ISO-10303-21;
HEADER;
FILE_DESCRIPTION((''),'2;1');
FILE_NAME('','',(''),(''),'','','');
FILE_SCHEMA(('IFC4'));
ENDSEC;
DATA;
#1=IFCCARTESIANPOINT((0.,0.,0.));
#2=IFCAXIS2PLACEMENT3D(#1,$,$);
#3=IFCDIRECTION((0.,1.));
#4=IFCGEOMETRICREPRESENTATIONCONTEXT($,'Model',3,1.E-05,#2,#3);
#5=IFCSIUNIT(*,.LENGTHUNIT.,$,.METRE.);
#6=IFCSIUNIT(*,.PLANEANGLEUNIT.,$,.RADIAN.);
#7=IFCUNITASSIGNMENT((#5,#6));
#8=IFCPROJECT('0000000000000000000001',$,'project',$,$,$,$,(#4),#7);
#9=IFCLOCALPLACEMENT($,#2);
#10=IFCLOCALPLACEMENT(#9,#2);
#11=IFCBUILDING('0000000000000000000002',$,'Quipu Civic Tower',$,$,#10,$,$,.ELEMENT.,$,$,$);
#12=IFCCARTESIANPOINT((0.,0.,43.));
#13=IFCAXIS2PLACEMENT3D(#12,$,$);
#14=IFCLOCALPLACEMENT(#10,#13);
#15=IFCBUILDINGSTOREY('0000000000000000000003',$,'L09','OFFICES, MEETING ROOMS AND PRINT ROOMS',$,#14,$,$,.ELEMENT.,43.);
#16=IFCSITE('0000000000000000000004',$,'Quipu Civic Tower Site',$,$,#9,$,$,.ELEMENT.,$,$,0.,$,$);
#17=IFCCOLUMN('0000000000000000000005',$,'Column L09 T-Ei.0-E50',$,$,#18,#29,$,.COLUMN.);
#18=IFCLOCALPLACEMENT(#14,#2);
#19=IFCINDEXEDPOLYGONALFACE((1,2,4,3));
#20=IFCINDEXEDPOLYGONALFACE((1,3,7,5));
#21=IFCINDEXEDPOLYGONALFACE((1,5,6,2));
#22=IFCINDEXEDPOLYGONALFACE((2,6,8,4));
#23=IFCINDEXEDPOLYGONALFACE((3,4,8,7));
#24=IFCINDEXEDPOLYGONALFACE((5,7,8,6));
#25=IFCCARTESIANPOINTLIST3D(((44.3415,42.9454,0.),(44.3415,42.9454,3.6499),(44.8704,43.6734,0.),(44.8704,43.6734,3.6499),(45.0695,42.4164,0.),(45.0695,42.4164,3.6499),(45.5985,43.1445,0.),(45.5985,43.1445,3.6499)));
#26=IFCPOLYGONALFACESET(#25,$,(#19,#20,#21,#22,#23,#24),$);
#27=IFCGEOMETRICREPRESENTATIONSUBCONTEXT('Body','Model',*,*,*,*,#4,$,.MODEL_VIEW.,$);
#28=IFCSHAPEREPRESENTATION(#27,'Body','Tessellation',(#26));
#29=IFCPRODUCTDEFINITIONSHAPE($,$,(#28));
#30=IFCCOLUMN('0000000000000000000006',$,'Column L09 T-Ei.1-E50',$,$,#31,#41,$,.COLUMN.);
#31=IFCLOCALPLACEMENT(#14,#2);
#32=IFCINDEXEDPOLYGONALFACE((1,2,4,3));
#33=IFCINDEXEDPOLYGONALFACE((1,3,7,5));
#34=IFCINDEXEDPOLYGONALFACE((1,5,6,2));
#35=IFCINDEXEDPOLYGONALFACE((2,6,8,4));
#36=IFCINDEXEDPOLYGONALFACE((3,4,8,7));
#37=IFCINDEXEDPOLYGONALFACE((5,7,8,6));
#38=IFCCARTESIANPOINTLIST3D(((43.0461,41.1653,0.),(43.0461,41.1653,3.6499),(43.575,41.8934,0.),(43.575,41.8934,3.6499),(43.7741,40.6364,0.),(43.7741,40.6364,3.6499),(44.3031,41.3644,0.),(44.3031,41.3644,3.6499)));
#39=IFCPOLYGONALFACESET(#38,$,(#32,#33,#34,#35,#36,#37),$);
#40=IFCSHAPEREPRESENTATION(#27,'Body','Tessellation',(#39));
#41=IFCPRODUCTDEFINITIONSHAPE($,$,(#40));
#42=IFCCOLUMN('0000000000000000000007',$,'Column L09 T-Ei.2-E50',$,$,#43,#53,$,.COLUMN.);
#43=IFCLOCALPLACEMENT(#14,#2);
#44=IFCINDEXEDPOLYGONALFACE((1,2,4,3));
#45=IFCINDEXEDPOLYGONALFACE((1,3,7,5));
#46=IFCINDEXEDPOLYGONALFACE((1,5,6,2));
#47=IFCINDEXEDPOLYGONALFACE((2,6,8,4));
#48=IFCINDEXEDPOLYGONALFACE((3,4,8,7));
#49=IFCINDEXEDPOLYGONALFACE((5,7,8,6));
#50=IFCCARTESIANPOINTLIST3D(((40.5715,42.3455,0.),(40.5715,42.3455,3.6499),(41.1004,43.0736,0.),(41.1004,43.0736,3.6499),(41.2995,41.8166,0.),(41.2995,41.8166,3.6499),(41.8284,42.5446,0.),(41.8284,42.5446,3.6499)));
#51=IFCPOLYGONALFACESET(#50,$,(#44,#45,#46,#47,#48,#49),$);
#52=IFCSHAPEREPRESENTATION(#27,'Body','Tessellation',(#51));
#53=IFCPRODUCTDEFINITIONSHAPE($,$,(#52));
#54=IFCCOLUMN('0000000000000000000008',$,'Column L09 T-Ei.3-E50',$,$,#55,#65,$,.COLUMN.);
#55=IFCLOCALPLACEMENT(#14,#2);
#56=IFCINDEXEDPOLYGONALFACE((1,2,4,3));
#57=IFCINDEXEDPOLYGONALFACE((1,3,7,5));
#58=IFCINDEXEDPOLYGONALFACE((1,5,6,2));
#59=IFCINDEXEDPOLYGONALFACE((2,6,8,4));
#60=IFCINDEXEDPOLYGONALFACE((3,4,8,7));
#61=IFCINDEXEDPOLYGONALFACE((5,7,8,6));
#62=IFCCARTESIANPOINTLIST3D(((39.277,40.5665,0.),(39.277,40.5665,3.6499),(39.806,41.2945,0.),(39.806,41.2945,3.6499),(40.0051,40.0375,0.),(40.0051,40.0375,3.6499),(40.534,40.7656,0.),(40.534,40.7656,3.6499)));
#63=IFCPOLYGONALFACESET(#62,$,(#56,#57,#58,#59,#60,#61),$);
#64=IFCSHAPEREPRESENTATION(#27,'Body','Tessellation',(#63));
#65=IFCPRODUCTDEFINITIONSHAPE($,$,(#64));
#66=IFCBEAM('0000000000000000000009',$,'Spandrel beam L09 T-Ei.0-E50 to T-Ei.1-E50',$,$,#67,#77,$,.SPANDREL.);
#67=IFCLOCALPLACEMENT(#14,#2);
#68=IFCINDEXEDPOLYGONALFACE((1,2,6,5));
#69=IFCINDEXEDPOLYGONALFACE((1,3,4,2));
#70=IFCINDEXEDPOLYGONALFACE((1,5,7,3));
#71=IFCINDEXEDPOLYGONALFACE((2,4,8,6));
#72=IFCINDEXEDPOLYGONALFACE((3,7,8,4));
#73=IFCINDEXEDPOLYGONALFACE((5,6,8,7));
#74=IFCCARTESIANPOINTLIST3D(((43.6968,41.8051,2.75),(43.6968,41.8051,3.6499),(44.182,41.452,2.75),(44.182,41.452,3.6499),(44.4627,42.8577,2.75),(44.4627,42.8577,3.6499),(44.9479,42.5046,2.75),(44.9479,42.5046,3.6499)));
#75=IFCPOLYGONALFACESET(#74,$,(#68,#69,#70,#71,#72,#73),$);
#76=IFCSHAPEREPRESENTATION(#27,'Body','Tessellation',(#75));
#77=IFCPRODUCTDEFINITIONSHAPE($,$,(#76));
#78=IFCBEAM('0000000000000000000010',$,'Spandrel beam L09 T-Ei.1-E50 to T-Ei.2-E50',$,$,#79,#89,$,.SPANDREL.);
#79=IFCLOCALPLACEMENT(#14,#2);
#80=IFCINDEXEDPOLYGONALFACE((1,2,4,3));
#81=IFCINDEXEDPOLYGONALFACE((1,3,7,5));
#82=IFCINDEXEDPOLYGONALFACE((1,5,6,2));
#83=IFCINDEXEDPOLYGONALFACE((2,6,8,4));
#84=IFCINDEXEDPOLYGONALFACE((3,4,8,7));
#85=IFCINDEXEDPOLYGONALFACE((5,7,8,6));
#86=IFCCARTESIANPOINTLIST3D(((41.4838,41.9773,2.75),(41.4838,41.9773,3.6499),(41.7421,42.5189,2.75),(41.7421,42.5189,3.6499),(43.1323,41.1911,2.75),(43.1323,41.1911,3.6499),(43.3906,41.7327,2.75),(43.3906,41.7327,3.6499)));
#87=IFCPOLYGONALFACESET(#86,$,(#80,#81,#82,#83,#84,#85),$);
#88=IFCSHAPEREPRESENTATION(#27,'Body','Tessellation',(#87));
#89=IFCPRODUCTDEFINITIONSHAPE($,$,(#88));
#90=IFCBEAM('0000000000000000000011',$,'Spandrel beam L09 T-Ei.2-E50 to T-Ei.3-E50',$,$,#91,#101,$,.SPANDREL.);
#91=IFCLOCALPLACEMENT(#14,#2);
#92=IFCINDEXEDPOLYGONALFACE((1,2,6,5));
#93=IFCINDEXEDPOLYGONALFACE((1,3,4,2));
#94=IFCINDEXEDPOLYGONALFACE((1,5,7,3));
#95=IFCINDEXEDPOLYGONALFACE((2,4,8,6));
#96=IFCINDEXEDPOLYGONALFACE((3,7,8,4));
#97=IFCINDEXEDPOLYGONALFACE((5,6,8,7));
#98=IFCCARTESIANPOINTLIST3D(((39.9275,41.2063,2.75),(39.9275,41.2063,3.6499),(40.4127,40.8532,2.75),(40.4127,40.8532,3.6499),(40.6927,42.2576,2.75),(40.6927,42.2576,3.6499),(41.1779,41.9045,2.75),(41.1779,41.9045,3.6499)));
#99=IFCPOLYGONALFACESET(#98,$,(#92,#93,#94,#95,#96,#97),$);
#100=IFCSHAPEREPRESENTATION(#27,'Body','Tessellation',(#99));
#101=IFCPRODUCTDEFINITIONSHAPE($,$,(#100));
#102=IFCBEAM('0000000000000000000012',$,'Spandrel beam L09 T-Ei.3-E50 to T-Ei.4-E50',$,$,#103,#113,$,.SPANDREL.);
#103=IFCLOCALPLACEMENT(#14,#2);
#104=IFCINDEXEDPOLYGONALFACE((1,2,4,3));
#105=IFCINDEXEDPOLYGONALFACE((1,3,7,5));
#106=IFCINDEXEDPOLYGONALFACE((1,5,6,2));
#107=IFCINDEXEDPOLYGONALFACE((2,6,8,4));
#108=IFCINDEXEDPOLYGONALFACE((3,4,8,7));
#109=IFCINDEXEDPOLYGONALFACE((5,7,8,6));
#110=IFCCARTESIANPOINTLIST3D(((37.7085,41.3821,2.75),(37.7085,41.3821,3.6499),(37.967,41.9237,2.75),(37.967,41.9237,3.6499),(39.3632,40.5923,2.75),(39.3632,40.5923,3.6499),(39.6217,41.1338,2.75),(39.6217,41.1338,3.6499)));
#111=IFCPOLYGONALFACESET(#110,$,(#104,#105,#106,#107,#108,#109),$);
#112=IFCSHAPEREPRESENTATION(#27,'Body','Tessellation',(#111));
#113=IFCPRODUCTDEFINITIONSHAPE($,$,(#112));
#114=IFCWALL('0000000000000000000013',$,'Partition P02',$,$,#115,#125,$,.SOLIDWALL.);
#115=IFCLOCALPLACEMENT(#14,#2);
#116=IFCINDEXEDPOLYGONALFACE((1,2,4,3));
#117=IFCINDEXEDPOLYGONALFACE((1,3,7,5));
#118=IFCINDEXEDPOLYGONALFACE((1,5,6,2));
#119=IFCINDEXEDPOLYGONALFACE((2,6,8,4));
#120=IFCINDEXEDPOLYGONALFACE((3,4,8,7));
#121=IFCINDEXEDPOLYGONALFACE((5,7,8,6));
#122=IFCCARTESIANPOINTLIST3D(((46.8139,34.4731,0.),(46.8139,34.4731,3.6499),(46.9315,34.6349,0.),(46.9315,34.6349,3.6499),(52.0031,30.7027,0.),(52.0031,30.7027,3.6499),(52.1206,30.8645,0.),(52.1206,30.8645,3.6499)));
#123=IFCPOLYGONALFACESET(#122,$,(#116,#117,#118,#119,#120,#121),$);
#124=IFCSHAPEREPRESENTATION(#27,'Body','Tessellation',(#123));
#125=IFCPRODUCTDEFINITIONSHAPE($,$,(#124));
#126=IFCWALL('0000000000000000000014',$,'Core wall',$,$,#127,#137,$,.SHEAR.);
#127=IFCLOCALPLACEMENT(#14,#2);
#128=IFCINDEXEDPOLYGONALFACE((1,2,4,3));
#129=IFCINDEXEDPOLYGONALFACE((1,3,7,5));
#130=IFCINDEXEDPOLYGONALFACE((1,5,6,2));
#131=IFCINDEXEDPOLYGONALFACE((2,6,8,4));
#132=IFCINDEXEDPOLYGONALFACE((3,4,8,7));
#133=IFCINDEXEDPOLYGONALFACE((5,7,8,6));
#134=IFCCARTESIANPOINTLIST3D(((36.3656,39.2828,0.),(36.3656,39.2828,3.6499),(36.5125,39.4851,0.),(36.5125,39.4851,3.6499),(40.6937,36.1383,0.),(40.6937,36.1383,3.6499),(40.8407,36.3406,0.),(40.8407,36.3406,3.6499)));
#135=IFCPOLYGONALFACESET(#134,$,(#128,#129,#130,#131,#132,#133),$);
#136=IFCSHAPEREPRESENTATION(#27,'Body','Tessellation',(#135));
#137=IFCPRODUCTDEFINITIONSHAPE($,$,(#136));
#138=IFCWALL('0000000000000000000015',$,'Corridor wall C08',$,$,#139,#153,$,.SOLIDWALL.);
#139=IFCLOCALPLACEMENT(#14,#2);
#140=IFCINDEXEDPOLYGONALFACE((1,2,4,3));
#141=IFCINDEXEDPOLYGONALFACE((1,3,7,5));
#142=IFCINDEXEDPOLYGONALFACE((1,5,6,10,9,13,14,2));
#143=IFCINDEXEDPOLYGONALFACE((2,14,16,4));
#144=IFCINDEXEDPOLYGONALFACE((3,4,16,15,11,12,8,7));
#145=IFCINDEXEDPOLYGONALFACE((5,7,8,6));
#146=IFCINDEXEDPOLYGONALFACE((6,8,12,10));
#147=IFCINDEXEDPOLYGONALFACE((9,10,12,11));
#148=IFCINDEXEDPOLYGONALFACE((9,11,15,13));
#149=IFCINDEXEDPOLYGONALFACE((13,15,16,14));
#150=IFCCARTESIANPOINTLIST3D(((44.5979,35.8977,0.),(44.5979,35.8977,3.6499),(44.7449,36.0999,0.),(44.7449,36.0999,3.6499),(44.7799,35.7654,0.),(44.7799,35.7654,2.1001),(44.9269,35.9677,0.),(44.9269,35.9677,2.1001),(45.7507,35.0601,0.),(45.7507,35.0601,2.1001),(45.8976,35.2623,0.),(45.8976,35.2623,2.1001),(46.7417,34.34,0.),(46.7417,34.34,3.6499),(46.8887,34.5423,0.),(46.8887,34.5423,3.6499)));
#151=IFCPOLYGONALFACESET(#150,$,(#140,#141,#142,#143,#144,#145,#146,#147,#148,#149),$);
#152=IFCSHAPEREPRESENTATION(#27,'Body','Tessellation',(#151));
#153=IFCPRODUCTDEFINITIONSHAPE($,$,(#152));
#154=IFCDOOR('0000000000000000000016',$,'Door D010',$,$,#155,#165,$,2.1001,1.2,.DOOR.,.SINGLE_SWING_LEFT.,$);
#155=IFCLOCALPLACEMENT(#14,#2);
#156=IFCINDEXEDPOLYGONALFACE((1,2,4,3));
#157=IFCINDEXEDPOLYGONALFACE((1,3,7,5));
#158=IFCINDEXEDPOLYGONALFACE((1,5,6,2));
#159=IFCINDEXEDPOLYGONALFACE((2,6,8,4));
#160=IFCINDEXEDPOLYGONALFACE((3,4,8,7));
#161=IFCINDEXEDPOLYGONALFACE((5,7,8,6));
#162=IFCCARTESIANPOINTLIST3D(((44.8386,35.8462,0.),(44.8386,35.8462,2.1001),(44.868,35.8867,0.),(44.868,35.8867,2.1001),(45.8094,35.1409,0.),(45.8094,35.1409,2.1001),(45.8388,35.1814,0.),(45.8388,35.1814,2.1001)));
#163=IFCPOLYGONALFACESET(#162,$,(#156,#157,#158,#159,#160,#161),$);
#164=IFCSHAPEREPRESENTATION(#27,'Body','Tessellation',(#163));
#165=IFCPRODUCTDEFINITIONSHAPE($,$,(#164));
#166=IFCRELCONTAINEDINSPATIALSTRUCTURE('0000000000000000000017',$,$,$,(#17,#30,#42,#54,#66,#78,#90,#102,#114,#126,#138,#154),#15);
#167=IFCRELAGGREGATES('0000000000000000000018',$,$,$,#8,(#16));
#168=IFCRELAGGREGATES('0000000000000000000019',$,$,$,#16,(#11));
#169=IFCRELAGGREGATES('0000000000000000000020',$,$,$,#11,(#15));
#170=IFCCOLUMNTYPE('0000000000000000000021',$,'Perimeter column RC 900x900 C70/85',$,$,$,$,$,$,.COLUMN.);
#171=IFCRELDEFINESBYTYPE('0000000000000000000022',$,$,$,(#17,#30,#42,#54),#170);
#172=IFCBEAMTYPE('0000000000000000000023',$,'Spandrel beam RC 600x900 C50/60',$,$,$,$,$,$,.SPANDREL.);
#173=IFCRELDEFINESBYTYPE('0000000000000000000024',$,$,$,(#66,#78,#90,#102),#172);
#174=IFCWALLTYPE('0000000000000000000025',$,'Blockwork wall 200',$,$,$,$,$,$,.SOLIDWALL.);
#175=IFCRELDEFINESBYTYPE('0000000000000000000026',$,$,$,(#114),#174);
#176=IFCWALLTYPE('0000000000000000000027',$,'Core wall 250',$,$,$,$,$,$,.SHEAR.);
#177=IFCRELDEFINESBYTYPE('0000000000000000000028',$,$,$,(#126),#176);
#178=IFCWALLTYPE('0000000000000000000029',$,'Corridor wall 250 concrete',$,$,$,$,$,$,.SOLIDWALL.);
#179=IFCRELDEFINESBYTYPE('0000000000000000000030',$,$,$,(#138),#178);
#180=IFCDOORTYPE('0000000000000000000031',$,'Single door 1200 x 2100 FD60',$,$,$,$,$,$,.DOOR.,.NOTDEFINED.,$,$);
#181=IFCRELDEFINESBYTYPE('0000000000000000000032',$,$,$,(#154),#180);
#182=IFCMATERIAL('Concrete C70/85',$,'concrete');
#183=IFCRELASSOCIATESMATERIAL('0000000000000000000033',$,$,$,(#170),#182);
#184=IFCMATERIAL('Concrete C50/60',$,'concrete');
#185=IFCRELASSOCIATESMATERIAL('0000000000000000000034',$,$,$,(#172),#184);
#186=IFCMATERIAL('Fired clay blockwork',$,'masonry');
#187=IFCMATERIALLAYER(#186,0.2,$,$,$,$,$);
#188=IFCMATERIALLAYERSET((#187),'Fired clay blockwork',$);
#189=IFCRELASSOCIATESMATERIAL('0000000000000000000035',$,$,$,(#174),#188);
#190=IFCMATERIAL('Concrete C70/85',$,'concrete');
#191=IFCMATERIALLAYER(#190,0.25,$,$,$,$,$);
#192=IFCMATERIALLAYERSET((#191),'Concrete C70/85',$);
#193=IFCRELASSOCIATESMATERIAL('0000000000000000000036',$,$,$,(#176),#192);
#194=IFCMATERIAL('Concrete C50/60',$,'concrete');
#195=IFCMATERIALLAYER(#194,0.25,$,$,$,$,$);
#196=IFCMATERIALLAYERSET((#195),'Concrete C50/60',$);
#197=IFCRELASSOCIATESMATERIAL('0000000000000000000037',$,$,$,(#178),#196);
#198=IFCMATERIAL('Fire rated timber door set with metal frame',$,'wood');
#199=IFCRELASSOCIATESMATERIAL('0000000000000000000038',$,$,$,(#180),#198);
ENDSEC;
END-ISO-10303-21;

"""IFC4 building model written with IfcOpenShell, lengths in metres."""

from ifc_helpers import new_model, si_unit, direction, frame, frame_2d, origin, origin_2d, place, context, subcontext, project, spatial, rectangle, extrude, material, layer, layer_set, material_profile, profile_set, type_object, element, fill, save


model = new_model("IFC4")

# Units and contexts
model_context = context("Model", 3, precision=1e-05, world=origin(), true_north=direction((0.0, 1.0)))
body_context = subcontext(model_context, "Body", "Model", "MODEL_VIEW")
ifc_project = project(units=[si_unit("LENGTHUNIT", "METRE"), si_unit("PLANEANGLEUNIT", "RADIAN")], contexts=[model_context])

# Site, building, storey
site_placement = place(None, origin())
site = spatial("IfcSite", under=ifc_project, at=site_placement, Name="Quipu Civic Tower Site", CompositionType="ELEMENT", RefElevation=0.0)
building_placement = place(site_placement, origin())
building = spatial("IfcBuilding", under=site, at=building_placement, Name="Quipu Civic Tower", CompositionType="ELEMENT")
storey_placement = place(building_placement, frame((0.0, 0.0, 43.0)))
storey = spatial("IfcBuildingStorey", under=building, at=storey_placement, Name="L09", Description="OFFICES, MEETING ROOMS AND PRINT ROOMS", CompositionType="ELEMENT", Elevation=43.0)

# Columns
ifc_material_1 = material(Name="Concrete C70/85", Category="concrete")
ifc_material_profile_1 = material_profile(ifc_material_1, rectangle(XDim=0.8999, YDim=0.8999, at=origin_2d()), Name="RC900x900")
ifc_profile_set_1 = profile_set([ifc_material_profile_1], Name="Concrete C70/85")
column_type = type_object("IfcColumnType", Name="Perimeter column RC 900x900 C70/85", PredefinedType="COLUMN", material=ifc_profile_set_1)
for number, where, z_axis, x_axis, name in (
    (1, (44.97, 43.0449, 0.0), (0.0, 0.0, 1.0), (-0.809017, 0.587785, 0.0), "Column L09 T-Ei.0-E50"),
    (2, (43.6746, 41.2649, 0.0), (0.0, 0.0, 1.0), (-0.809017, 0.587785, 0.0), "Column L09 T-Ei.1-E50"),
    (3, (41.2, 42.4451, 0.0), (0.0, 0.0, 1.0), (-0.587785, -0.809017, 0.0), "Column L09 T-Ei.2-E50"),
    (4, (39.9055, 40.666, 0.0), (0.0, 0.0, 1.0), (-0.587785, -0.809017, 0.0), "Column L09 T-Ei.3-E50"),
):
    element("IfcColumn", number, at=place(storey_placement, frame(where, z_axis=z_axis, x_axis=x_axis)), inside=storey, type_object=column_type, Name=name, PredefinedType="COLUMN", context=body_context, shape_type="SweptSolid", body=[
        extrude(rectangle(XDim=0.8999, YDim=0.8999, at=origin_2d()), origin(), (0.0, 0.0, 1.0), 3.6499),
    ])

# Beams
ifc_material_2 = material(Name="Concrete C50/60", Category="concrete")
ifc_material_profile_2 = material_profile(ifc_material_2, rectangle(XDim=0.6001, YDim=0.8999, at=origin_2d()), Name="RC600x900")
ifc_profile_set_2 = profile_set([ifc_material_profile_2], Name="Concrete C50/60")
beam_type = type_object("IfcBeamType", Name="Spandrel beam RC 600x900 C50/60", PredefinedType="SPANDREL", material=ifc_profile_set_2)
beam_1_placement = place(storey_placement, frame((44.7053, 42.6812, 3.2), z_axis=(-0.588384, -0.808582, 0.0), x_axis=(0.808582, -0.588384, 0.0)))
element("IfcBeam", 5, at=beam_1_placement, inside=storey, type_object=beam_type, Name="Spandrel beam L09 T-Ei.0-E50 to T-Ei.1-E50", PredefinedType="SPANDREL", context=body_context, shape_type="SweptSolid", body=[
    extrude(rectangle(XDim=0.6001, YDim=0.8999, at=origin_2d()), origin(), (0.0, 0.0, 1.0), 1.3018),
])
beam_2_placement = place(storey_placement, frame((43.2615, 41.4619, 3.2), z_axis=(-0.902613, 0.430452, 0.0), x_axis=(-0.430452, -0.902613, 0.0)))
element("IfcBeam", 6, at=beam_2_placement, inside=storey, type_object=beam_type, Name="Spandrel beam L09 T-Ei.1-E50 to T-Ei.2-E50", PredefinedType="SPANDREL", context=body_context, shape_type="SweptSolid", body=[
    extrude(rectangle(XDim=0.6001, YDim=0.8999, at=origin_2d()), origin(), (0.0, 0.0, 1.0), 1.8264),
])
beam_3_placement = place(storey_placement, frame((40.9353, 42.0811, 3.2), z_axis=(-0.588462, -0.808525, 0.0), x_axis=(0.808525, -0.588462, 0.0)))
element("IfcBeam", 7, at=beam_3_placement, inside=storey, type_object=beam_type, Name="Spandrel beam L09 T-Ei.2-E50 to T-Ei.3-E50", PredefinedType="SPANDREL", context=body_context, shape_type="SweptSolid", body=[
    extrude(rectangle(XDim=0.6001, YDim=0.8999, at=origin_2d()), origin(), (0.0, 0.0, 1.0), 1.3003),
])
beam_4_placement = place(storey_placement, frame((39.4924, 40.863, 3.2), z_axis=(-0.902454, 0.430786, 0.0), x_axis=(-0.430786, -0.902454, 0.0)))
element("IfcBeam", 8, at=beam_4_placement, inside=storey, type_object=beam_type, Name="Spandrel beam L09 T-Ei.3-E50 to T-Ei.4-E50", PredefinedType="SPANDREL", context=body_context, shape_type="SweptSolid", body=[
    extrude(rectangle(XDim=0.6001, YDim=0.8999, at=origin_2d()), origin(), (0.0, 0.0, 1.0), 1.8335),
])

# Walls
ifc_material_3 = material(Name="Fired clay blockwork", Category="masonry")
ifc_layer_1 = layer(ifc_material_3, 0.2)
ifc_layer_set_1 = layer_set([ifc_layer_1], Name="Fired clay blockwork")
wall_type_1 = type_object("IfcWallType", Name="Blockwork wall 200", PredefinedType="SOLIDWALL", material=ifc_layer_set_1)
wall_1_placement = place(storey_placement, frame((46.8728, 34.554, 0.0), z_axis=(0.0, 0.0, 1.0), x_axis=(0.808993, -0.587819, 0.0)))
element("IfcWall", 9, at=wall_1_placement, inside=storey, type_object=wall_type_1, Name="Partition P02", PredefinedType="SOLIDWALL", context=body_context, shape_type="SweptSolid", body=[
    extrude(rectangle(XDim=6.4143, YDim=0.2, at=frame_2d((3.207, 0.0))), origin(), (0.0, 0.0, 1.0), 3.6499),
])
ifc_material_4 = material(Name="Concrete C70/85", Category="concrete")
ifc_layer_2 = layer(ifc_material_4, 0.25)
ifc_layer_set_2 = layer_set([ifc_layer_2], Name="Concrete C70/85")
wall_type_2 = type_object("IfcWallType", Name="Core wall 250", PredefinedType="SHEAR", material=ifc_layer_set_2)
wall_2_placement = place(storey_placement, frame((40.7671, 36.2395, 0.0), z_axis=(0.0, 0.0, 1.0), x_axis=(-0.80902, 0.587781, 0.0)))
element("IfcWall", 10, at=wall_2_placement, inside=storey, type_object=wall_type_2, Name="Core wall", PredefinedType="SHEAR", context=body_context, shape_type="SweptSolid", body=[
    extrude(rectangle(XDim=5.3499, YDim=0.25, at=frame_2d((2.6748, 0.0))), origin(), (0.0, 0.0, 1.0), 3.6499),
])

# Wall, opening, door
ifc_material_5 = material(Name="Concrete C50/60", Category="concrete")
ifc_layer_3 = layer(ifc_material_5, 0.25)
ifc_layer_set_3 = layer_set([ifc_layer_3], Name="Concrete C50/60")
wall_type_3 = type_object("IfcWallType", Name="Corridor wall 250 concrete", PredefinedType="SOLIDWALL", material=ifc_layer_set_3)
wall_3_placement = place(storey_placement, frame((44.6714, 35.9988, 0.0), z_axis=(0.0, 0.0, 1.0), x_axis=(0.809007, -0.587799, 0.0)))
wall_3 = element("IfcWall", 11, at=wall_3_placement, inside=storey, type_object=wall_type_3, Name="Corridor wall C08", PredefinedType="SOLIDWALL", context=body_context, shape_type="SweptSolid", body=[
    extrude(rectangle(XDim=2.6499, YDim=0.25, at=frame_2d((1.325, 0.0))), origin(), (0.0, 0.0, 1.0), 3.6499),
])
opening_1_placement = place(wall_3_placement, frame((0.2249, 0.0, 0.0)))
opening_1 = element("IfcOpeningElement", 12, at=opening_1_placement, cuts=wall_3, PredefinedType="OPENING", context=body_context, shape_type="SweptSolid", body=[
    extrude(rectangle(XDim=1.2, YDim=2.1001, at=frame_2d((0.6001, 1.05))), frame((0.0, 0.135, 0.0), z_axis=(0.0, -1.0, 0.0), x_axis=(1.0, 0.0, 0.0)), (0.0, 0.0, 1.0), 0.27),
])
ifc_material_6 = material(Name="Fire rated timber door set with metal frame", Category="wood")
door_type_1 = type_object("IfcDoorType", Name="Single door 1200 x 2100 FD60", OperationType="NOTDEFINED", PredefinedType="DOOR", material=ifc_material_6)
door_1_placement = place(opening_1_placement, origin())
door_1 = element("IfcDoor", 13, at=door_1_placement, inside=storey, type_object=door_type_1, Name="Door D010", OperationType="SINGLE_SWING_LEFT", OverallHeight=2.1001, OverallWidth=1.2, PredefinedType="DOOR", context=body_context, shape_type="SweptSolid", body=[
    extrude(rectangle(XDim=1.2, YDim=2.1001, at=frame_2d((0.6001, 1.05))), frame((0.0, 0.0249, 0.0), z_axis=(0.0, -1.0, 0.0), x_axis=(1.0, 0.0, 0.0)), (0.0, 0.0, 1.0), 0.05),
])
fill(opening_1, door_1)

save(model, "model.ifc")
